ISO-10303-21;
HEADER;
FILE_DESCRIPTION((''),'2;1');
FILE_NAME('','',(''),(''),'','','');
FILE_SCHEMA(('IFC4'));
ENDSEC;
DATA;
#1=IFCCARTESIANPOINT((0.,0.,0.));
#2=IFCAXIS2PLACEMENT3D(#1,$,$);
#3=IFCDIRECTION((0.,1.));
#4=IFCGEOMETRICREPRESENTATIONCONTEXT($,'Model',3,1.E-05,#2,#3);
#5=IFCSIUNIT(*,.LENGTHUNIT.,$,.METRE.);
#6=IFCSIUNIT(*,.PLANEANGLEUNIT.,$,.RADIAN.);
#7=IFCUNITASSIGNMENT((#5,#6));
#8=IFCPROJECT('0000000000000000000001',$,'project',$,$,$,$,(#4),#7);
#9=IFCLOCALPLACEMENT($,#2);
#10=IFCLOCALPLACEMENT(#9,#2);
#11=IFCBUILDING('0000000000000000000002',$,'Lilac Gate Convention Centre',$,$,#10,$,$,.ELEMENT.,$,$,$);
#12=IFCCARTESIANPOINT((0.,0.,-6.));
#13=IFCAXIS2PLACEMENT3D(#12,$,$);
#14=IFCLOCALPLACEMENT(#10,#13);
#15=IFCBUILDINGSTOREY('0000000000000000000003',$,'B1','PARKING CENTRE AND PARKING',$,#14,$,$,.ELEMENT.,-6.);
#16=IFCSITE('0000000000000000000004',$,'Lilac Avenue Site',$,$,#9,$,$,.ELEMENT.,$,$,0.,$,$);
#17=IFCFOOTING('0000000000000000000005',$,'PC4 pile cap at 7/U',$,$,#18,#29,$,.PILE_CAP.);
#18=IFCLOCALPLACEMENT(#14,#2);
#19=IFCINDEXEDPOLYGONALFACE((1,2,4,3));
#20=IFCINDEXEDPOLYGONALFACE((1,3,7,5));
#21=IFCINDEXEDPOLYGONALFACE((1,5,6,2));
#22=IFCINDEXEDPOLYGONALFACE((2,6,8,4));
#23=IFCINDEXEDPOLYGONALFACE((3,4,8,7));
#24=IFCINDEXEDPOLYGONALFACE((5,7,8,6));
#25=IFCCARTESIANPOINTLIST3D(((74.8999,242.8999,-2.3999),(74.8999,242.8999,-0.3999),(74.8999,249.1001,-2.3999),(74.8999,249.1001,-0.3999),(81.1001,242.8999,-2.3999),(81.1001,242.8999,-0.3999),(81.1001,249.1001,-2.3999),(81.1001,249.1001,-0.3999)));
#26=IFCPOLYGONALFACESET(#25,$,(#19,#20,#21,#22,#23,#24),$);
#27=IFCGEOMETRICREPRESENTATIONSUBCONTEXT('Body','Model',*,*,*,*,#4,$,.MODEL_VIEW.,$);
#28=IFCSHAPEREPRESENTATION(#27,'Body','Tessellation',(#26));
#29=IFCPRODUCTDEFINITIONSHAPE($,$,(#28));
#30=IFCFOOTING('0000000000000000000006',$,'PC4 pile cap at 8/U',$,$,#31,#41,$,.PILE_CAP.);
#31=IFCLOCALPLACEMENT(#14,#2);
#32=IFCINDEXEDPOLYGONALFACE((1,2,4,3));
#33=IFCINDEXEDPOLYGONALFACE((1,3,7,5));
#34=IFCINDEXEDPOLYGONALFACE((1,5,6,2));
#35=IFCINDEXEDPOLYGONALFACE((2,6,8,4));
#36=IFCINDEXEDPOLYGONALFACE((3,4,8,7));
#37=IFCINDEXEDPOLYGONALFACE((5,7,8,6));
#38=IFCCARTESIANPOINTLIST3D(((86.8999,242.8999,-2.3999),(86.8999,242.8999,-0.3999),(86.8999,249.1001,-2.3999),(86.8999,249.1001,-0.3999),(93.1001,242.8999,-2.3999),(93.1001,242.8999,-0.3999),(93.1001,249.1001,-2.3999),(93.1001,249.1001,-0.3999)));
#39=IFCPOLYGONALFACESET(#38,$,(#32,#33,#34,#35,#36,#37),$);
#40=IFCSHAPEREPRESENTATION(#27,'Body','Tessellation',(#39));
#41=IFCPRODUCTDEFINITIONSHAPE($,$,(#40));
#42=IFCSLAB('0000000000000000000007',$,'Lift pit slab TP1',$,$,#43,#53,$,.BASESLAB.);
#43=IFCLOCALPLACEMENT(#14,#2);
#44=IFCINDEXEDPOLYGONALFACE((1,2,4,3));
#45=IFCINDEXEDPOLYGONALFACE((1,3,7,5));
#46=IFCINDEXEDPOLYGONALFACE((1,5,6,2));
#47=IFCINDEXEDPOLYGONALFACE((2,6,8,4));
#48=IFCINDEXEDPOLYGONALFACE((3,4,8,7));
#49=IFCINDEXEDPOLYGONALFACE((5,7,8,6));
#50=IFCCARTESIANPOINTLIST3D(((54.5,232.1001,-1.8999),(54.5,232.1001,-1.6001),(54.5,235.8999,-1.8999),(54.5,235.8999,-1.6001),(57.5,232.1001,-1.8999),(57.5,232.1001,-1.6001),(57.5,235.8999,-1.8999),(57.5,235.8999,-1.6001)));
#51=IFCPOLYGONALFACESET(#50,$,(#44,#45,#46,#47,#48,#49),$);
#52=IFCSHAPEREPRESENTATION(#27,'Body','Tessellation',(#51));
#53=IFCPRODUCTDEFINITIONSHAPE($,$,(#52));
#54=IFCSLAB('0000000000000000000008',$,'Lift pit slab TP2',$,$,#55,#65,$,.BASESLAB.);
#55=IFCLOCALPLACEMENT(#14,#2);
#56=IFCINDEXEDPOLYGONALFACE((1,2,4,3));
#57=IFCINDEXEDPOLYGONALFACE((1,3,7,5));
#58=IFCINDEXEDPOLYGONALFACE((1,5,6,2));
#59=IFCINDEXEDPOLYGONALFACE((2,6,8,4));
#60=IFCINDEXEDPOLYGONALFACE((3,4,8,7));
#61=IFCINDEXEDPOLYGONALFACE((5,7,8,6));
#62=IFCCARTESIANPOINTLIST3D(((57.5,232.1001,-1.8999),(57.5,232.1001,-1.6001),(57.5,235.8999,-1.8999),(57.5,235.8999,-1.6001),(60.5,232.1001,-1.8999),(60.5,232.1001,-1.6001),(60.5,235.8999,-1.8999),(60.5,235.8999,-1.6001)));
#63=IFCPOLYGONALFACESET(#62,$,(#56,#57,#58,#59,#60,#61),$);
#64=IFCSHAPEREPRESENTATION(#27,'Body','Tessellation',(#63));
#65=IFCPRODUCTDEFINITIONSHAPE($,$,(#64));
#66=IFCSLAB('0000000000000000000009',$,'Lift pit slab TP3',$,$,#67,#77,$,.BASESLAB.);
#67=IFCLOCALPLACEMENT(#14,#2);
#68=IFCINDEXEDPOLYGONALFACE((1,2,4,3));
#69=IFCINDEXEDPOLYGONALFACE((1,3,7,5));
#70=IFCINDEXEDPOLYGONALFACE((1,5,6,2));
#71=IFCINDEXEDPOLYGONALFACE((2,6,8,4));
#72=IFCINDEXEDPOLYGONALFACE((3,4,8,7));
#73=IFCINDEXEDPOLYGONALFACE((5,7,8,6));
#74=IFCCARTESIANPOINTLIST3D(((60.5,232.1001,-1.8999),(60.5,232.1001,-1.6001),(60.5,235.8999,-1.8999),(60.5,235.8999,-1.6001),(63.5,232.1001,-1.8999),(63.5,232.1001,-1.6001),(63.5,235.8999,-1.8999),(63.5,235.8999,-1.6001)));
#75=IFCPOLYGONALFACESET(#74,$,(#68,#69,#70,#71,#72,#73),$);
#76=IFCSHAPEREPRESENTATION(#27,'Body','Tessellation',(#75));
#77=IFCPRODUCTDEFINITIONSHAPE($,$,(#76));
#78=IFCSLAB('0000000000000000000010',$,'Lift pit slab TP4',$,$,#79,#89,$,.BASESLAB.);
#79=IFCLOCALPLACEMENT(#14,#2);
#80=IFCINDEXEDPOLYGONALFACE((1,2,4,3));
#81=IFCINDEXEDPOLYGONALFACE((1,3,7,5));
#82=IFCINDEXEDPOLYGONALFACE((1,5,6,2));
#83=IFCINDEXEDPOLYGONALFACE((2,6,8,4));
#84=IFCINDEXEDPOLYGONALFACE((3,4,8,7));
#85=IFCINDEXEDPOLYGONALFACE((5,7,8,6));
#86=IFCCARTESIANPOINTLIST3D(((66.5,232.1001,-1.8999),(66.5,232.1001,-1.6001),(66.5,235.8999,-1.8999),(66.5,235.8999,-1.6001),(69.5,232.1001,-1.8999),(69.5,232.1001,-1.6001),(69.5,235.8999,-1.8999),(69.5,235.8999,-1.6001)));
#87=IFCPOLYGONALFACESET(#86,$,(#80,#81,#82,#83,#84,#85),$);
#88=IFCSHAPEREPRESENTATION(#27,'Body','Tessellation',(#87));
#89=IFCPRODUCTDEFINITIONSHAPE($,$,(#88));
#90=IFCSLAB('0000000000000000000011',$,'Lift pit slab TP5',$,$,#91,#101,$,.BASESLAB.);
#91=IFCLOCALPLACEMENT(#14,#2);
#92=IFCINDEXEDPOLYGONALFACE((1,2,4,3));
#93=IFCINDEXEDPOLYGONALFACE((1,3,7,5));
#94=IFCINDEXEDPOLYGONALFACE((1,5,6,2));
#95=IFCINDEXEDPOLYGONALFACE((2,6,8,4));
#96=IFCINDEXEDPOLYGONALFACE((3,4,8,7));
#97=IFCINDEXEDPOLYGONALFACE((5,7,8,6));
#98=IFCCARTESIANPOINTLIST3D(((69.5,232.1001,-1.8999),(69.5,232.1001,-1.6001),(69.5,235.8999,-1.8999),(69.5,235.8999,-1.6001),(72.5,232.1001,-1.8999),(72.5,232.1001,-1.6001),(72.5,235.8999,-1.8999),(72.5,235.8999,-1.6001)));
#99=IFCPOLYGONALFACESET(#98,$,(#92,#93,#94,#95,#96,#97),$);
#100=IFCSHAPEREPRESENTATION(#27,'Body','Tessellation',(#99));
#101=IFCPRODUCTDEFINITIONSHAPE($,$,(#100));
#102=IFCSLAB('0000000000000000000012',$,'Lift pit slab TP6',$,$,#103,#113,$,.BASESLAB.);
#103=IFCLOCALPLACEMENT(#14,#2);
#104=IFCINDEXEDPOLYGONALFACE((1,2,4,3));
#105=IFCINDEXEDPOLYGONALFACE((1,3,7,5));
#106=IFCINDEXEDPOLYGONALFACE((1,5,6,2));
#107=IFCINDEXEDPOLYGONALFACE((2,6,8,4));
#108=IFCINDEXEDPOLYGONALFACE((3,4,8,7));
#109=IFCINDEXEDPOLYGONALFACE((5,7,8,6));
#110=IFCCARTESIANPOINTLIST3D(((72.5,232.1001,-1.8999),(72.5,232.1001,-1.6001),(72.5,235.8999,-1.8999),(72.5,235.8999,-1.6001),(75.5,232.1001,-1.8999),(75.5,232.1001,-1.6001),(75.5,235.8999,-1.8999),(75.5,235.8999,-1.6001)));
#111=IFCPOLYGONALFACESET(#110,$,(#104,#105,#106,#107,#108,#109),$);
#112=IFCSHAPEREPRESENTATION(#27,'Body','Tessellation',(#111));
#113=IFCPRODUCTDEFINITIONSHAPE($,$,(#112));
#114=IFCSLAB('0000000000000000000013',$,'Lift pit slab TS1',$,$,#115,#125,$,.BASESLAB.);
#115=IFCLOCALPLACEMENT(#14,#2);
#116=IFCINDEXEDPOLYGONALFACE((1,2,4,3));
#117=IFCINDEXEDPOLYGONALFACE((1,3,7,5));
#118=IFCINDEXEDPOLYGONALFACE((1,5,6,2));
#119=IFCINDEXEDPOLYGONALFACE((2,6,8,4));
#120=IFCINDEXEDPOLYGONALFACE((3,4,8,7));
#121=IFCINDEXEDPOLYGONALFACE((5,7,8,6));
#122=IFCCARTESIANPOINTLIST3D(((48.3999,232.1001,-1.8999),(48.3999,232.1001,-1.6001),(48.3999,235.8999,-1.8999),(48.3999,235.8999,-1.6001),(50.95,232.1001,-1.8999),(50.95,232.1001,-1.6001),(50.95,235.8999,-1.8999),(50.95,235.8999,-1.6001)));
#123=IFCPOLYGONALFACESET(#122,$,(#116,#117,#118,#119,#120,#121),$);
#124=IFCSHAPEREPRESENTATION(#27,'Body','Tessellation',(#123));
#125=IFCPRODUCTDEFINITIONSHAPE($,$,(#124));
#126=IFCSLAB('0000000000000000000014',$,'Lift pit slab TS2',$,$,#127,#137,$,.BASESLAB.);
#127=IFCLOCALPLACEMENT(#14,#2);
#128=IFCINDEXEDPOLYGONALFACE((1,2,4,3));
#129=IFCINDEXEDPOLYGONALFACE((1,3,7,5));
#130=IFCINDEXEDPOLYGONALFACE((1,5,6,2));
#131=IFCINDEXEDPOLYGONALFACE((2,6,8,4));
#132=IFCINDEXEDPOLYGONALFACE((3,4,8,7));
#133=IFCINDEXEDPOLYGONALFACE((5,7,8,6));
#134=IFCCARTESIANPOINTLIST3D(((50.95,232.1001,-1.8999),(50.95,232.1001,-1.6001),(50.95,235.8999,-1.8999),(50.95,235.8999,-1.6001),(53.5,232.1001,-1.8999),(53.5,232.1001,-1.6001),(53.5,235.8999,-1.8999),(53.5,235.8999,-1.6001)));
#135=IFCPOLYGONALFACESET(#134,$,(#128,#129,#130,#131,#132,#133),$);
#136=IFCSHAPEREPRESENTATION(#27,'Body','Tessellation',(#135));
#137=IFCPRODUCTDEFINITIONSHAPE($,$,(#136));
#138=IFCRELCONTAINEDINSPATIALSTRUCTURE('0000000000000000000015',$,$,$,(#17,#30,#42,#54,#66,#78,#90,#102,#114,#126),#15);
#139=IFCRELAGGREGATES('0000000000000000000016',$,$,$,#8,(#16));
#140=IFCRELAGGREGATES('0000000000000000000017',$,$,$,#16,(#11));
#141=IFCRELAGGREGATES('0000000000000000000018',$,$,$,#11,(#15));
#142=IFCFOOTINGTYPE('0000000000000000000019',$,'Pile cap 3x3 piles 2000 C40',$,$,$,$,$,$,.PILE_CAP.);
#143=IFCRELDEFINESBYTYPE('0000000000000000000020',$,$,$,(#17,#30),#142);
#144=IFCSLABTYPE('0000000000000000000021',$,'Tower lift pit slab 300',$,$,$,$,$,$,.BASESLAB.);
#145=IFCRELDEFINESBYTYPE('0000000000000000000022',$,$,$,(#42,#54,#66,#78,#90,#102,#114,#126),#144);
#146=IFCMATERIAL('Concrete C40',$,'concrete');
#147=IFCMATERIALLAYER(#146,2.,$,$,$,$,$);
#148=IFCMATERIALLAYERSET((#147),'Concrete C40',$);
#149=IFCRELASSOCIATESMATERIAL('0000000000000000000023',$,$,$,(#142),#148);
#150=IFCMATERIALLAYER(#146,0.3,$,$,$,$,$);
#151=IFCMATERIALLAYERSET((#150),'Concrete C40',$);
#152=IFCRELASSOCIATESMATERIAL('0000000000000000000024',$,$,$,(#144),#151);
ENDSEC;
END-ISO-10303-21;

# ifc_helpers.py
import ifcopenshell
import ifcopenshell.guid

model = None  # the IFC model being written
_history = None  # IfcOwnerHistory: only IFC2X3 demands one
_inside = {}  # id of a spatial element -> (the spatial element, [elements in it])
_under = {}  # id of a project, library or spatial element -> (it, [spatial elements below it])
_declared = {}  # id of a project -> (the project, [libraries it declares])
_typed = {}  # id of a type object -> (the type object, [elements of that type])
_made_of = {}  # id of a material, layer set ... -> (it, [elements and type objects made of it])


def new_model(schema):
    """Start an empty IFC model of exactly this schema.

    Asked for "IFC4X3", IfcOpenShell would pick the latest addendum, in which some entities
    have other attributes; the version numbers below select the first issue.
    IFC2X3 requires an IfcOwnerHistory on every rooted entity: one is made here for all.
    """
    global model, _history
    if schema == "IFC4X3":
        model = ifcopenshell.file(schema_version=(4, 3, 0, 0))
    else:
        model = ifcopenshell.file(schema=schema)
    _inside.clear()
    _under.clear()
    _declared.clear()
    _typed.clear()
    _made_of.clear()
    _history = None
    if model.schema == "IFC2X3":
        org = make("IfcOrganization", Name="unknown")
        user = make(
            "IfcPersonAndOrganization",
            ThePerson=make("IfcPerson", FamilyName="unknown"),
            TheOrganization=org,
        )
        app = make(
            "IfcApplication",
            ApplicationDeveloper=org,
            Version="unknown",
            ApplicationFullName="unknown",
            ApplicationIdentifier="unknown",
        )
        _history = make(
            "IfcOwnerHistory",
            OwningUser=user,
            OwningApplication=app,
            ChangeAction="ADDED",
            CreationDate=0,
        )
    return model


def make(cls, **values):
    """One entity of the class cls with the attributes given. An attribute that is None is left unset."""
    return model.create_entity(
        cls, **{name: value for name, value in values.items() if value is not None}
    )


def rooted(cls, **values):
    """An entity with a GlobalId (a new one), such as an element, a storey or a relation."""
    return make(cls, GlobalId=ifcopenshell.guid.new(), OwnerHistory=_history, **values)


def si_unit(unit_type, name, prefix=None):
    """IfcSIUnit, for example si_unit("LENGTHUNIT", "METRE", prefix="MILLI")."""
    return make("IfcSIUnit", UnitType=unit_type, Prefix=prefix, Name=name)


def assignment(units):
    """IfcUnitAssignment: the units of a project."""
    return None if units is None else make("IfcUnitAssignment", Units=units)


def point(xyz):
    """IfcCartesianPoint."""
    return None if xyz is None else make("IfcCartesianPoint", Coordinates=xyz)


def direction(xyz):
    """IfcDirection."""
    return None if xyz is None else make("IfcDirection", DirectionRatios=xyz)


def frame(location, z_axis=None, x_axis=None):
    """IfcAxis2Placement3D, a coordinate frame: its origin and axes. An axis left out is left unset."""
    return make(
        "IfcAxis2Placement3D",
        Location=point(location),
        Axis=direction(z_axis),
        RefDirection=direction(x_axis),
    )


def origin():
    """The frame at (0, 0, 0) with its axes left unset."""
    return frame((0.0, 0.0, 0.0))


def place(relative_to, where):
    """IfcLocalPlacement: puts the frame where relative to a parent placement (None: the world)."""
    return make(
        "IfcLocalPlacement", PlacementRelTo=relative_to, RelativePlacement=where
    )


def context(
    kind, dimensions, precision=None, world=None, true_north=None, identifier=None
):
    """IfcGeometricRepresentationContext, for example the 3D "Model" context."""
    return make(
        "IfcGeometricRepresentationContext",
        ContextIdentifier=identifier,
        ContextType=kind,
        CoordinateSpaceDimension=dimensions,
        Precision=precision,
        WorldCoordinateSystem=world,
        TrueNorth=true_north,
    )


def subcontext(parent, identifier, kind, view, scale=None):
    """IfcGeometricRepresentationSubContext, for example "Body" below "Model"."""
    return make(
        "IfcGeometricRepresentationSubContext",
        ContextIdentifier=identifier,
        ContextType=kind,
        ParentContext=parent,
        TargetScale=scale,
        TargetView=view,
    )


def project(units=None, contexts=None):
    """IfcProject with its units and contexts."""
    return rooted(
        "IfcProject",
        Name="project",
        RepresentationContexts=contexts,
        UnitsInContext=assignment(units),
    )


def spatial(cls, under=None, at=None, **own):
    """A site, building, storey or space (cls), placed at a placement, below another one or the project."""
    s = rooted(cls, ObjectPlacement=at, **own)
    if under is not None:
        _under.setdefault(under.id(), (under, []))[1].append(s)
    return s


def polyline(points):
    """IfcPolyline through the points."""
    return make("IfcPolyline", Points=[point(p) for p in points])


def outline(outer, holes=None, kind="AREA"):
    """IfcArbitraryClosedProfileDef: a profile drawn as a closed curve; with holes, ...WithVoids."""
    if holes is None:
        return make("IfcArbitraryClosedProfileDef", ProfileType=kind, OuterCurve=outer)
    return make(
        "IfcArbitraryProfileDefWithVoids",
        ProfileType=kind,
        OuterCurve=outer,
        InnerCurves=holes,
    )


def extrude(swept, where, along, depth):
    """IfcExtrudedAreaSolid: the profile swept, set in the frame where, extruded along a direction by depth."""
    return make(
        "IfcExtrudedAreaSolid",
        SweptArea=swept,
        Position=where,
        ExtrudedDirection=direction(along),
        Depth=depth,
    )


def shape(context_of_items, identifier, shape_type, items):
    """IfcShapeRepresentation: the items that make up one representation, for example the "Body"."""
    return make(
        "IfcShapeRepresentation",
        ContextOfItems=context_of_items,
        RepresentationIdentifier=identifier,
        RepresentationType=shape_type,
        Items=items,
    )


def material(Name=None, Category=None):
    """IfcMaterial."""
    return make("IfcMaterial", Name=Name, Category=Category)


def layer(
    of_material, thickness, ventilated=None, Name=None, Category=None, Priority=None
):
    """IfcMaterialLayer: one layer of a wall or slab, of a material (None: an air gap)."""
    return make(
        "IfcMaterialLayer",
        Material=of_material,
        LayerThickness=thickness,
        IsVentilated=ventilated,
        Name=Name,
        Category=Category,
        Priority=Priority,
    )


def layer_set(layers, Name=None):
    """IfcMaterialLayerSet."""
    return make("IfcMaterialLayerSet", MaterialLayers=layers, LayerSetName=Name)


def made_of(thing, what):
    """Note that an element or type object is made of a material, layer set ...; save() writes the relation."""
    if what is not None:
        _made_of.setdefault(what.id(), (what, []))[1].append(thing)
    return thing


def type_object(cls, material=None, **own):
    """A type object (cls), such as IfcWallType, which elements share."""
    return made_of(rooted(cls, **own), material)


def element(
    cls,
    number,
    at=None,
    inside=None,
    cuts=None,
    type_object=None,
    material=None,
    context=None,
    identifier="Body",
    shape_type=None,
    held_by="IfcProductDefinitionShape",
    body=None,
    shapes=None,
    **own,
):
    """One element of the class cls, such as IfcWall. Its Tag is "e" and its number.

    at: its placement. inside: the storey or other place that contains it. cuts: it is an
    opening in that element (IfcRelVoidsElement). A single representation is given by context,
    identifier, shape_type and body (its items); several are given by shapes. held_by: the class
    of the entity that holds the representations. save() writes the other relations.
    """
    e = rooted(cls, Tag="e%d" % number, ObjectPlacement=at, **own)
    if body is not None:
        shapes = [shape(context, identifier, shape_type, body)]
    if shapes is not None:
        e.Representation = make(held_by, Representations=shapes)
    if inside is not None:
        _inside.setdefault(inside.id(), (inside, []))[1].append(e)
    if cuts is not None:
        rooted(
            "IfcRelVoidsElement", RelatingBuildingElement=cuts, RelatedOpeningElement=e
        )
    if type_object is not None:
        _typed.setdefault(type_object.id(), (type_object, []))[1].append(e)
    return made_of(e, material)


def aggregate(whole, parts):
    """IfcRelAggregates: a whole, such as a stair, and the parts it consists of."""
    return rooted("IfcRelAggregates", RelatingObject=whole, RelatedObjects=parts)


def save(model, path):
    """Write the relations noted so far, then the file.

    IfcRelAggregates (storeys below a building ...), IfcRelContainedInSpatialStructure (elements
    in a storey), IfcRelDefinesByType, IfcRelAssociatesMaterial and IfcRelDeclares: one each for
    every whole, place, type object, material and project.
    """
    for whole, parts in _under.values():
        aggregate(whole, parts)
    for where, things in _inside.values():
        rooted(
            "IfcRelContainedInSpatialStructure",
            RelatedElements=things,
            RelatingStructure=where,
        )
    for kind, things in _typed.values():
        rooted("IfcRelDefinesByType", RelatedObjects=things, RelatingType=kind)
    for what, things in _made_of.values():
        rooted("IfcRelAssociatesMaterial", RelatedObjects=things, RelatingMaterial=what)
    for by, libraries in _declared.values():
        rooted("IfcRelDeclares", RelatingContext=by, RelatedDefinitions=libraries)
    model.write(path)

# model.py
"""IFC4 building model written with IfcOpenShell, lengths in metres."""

from ifc_helpers import new_model, si_unit, direction, frame, origin, place, context, subcontext, project, spatial, polyline, outline, extrude, material, layer, layer_set, type_object, element, save


model = new_model("IFC4")

# Units and contexts
model_context = context("Model", 3, precision=1e-05, world=origin(), true_north=direction((0.0, 1.0)))
body_context = subcontext(model_context, "Body", "Model", "MODEL_VIEW")
ifc_project = project(units=[si_unit("LENGTHUNIT", "METRE"), si_unit("PLANEANGLEUNIT", "RADIAN")], contexts=[model_context])

# Site, building, storey
site_placement = place(None, origin())
site = spatial("IfcSite", under=ifc_project, at=site_placement, Name="Lilac Avenue Site", CompositionType="ELEMENT", RefElevation=0.0)
building_placement = place(site_placement, origin())
building = spatial("IfcBuilding", under=site, at=building_placement, Name="Lilac Gate Convention Centre", CompositionType="ELEMENT")
storey_placement = place(building_placement, frame((0.0, 0.0, -6.0)))
storey = spatial("IfcBuildingStorey", under=building, at=storey_placement, Name="B1", Description="PARKING CENTRE AND PARKING", CompositionType="ELEMENT", Elevation=-6.0)

# Footings
ifc_material = material(Name="Concrete C40", Category="concrete")
ifc_layer_1 = layer(ifc_material, 2.0)
ifc_layer_set_1 = layer_set([ifc_layer_1], Name="Concrete C40")
footing_type_1 = type_object("IfcFootingType", Name="Pile cap 3x3 piles 2000 C40", PredefinedType="PILE_CAP", material=ifc_layer_set_1)
footing_1_placement = place(storey_placement, frame((0.0, 0.0, -2.3999)))
element("IfcFooting", 1, at=footing_1_placement, inside=storey, type_object=footing_type_1, Name="PC4 pile cap at 7/U", PredefinedType="PILE_CAP", context=body_context, shape_type="SweptSolid", body=[
    extrude(outline(polyline([(74.8999, 242.8999), (81.1001, 242.8999), (81.1001, 249.1001), (74.8999, 249.1001), (74.8999, 242.8999)])), origin(), (0.0, 0.0, 1.0), 2.0),
])
footing_2_placement = place(storey_placement, frame((0.0, 0.0, -2.3999)))
element("IfcFooting", 2, at=footing_2_placement, inside=storey, type_object=footing_type_1, Name="PC4 pile cap at 8/U", PredefinedType="PILE_CAP", context=body_context, shape_type="SweptSolid", body=[
    extrude(outline(polyline([(86.8999, 242.8999), (93.1001, 242.8999), (93.1001, 249.1001), (86.8999, 249.1001), (86.8999, 242.8999)])), origin(), (0.0, 0.0, 1.0), 2.0),
])

# Slabs
ifc_layer_2 = layer(ifc_material, 0.3)
ifc_layer_set_2 = layer_set([ifc_layer_2], Name="Concrete C40")
slab_type = type_object("IfcSlabType", Name="Tower lift pit slab 300", PredefinedType="BASESLAB", material=ifc_layer_set_2)
slab_1_placement = place(storey_placement, frame((0.0, 0.0, -1.8999)))
element("IfcSlab", 3, at=slab_1_placement, inside=storey, type_object=slab_type, Name="Lift pit slab TP1", PredefinedType="BASESLAB", context=body_context, shape_type="SweptSolid", body=[
    extrude(outline(polyline([(54.5, 232.1001), (57.5, 232.1001), (57.5, 235.8999), (54.5, 235.8999), (54.5, 232.1001)])), origin(), (0.0, 0.0, 1.0), 0.2998),
])
slab_2_placement = place(storey_placement, frame((0.0, 0.0, -1.8999)))
element("IfcSlab", 4, at=slab_2_placement, inside=storey, type_object=slab_type, Name="Lift pit slab TP2", PredefinedType="BASESLAB", context=body_context, shape_type="SweptSolid", body=[
    extrude(outline(polyline([(57.5, 232.1001), (60.5, 232.1001), (60.5, 235.8999), (57.5, 235.8999), (57.5, 232.1001)])), origin(), (0.0, 0.0, 1.0), 0.2998),
])
slab_3_placement = place(storey_placement, frame((0.0, 0.0, -1.8999)))
element("IfcSlab", 5, at=slab_3_placement, inside=storey, type_object=slab_type, Name="Lift pit slab TP3", PredefinedType="BASESLAB", context=body_context, shape_type="SweptSolid", body=[
    extrude(outline(polyline([(60.5, 232.1001), (63.5, 232.1001), (63.5, 235.8999), (60.5, 235.8999), (60.5, 232.1001)])), origin(), (0.0, 0.0, 1.0), 0.2998),
])
slab_4_placement = place(storey_placement, frame((0.0, 0.0, -1.8999)))
element("IfcSlab", 6, at=slab_4_placement, inside=storey, type_object=slab_type, Name="Lift pit slab TP4", PredefinedType="BASESLAB", context=body_context, shape_type="SweptSolid", body=[
    extrude(outline(polyline([(66.5, 232.1001), (69.5, 232.1001), (69.5, 235.8999), (66.5, 235.8999), (66.5, 232.1001)])), origin(), (0.0, 0.0, 1.0), 0.2998),
])
slab_5_placement = place(storey_placement, frame((0.0, 0.0, -1.8999)))
element("IfcSlab", 7, at=slab_5_placement, inside=storey, type_object=slab_type, Name="Lift pit slab TP5", PredefinedType="BASESLAB", context=body_context, shape_type="SweptSolid", body=[
    extrude(outline(polyline([(69.5, 232.1001), (72.5, 232.1001), (72.5, 235.8999), (69.5, 235.8999), (69.5, 232.1001)])), origin(), (0.0, 0.0, 1.0), 0.2998),
])
slab_6_placement = place(storey_placement, frame((0.0, 0.0, -1.8999)))
element("IfcSlab", 8, at=slab_6_placement, inside=storey, type_object=slab_type, Name="Lift pit slab TP6", PredefinedType="BASESLAB", context=body_context, shape_type="SweptSolid", body=[
    extrude(outline(polyline([(72.5, 232.1001), (75.5, 232.1001), (75.5, 235.8999), (72.5, 235.8999), (72.5, 232.1001)])), origin(), (0.0, 0.0, 1.0), 0.2998),
])
slab_7_placement = place(storey_placement, frame((0.0, 0.0, -1.8999)))
element("IfcSlab", 9, at=slab_7_placement, inside=storey, type_object=slab_type, Name="Lift pit slab TS1", PredefinedType="BASESLAB", context=body_context, shape_type="SweptSolid", body=[
    extrude(outline(polyline([(48.3999, 232.1001), (50.95, 232.1001), (50.95, 235.8999), (48.3999, 235.8999), (48.3999, 232.1001)])), origin(), (0.0, 0.0, 1.0), 0.2998),
])
slab_8_placement = place(storey_placement, frame((0.0, 0.0, -1.8999)))
element("IfcSlab", 10, at=slab_8_placement, inside=storey, type_object=slab_type, Name="Lift pit slab TS2", PredefinedType="BASESLAB", context=body_context, shape_type="SweptSolid", body=[
    extrude(outline(polyline([(50.95, 232.1001), (53.5, 232.1001), (53.5, 235.8999), (50.95, 235.8999), (50.95, 232.1001)])), origin(), (0.0, 0.0, 1.0), 0.2998),
])

save(model, "model.ifc")
